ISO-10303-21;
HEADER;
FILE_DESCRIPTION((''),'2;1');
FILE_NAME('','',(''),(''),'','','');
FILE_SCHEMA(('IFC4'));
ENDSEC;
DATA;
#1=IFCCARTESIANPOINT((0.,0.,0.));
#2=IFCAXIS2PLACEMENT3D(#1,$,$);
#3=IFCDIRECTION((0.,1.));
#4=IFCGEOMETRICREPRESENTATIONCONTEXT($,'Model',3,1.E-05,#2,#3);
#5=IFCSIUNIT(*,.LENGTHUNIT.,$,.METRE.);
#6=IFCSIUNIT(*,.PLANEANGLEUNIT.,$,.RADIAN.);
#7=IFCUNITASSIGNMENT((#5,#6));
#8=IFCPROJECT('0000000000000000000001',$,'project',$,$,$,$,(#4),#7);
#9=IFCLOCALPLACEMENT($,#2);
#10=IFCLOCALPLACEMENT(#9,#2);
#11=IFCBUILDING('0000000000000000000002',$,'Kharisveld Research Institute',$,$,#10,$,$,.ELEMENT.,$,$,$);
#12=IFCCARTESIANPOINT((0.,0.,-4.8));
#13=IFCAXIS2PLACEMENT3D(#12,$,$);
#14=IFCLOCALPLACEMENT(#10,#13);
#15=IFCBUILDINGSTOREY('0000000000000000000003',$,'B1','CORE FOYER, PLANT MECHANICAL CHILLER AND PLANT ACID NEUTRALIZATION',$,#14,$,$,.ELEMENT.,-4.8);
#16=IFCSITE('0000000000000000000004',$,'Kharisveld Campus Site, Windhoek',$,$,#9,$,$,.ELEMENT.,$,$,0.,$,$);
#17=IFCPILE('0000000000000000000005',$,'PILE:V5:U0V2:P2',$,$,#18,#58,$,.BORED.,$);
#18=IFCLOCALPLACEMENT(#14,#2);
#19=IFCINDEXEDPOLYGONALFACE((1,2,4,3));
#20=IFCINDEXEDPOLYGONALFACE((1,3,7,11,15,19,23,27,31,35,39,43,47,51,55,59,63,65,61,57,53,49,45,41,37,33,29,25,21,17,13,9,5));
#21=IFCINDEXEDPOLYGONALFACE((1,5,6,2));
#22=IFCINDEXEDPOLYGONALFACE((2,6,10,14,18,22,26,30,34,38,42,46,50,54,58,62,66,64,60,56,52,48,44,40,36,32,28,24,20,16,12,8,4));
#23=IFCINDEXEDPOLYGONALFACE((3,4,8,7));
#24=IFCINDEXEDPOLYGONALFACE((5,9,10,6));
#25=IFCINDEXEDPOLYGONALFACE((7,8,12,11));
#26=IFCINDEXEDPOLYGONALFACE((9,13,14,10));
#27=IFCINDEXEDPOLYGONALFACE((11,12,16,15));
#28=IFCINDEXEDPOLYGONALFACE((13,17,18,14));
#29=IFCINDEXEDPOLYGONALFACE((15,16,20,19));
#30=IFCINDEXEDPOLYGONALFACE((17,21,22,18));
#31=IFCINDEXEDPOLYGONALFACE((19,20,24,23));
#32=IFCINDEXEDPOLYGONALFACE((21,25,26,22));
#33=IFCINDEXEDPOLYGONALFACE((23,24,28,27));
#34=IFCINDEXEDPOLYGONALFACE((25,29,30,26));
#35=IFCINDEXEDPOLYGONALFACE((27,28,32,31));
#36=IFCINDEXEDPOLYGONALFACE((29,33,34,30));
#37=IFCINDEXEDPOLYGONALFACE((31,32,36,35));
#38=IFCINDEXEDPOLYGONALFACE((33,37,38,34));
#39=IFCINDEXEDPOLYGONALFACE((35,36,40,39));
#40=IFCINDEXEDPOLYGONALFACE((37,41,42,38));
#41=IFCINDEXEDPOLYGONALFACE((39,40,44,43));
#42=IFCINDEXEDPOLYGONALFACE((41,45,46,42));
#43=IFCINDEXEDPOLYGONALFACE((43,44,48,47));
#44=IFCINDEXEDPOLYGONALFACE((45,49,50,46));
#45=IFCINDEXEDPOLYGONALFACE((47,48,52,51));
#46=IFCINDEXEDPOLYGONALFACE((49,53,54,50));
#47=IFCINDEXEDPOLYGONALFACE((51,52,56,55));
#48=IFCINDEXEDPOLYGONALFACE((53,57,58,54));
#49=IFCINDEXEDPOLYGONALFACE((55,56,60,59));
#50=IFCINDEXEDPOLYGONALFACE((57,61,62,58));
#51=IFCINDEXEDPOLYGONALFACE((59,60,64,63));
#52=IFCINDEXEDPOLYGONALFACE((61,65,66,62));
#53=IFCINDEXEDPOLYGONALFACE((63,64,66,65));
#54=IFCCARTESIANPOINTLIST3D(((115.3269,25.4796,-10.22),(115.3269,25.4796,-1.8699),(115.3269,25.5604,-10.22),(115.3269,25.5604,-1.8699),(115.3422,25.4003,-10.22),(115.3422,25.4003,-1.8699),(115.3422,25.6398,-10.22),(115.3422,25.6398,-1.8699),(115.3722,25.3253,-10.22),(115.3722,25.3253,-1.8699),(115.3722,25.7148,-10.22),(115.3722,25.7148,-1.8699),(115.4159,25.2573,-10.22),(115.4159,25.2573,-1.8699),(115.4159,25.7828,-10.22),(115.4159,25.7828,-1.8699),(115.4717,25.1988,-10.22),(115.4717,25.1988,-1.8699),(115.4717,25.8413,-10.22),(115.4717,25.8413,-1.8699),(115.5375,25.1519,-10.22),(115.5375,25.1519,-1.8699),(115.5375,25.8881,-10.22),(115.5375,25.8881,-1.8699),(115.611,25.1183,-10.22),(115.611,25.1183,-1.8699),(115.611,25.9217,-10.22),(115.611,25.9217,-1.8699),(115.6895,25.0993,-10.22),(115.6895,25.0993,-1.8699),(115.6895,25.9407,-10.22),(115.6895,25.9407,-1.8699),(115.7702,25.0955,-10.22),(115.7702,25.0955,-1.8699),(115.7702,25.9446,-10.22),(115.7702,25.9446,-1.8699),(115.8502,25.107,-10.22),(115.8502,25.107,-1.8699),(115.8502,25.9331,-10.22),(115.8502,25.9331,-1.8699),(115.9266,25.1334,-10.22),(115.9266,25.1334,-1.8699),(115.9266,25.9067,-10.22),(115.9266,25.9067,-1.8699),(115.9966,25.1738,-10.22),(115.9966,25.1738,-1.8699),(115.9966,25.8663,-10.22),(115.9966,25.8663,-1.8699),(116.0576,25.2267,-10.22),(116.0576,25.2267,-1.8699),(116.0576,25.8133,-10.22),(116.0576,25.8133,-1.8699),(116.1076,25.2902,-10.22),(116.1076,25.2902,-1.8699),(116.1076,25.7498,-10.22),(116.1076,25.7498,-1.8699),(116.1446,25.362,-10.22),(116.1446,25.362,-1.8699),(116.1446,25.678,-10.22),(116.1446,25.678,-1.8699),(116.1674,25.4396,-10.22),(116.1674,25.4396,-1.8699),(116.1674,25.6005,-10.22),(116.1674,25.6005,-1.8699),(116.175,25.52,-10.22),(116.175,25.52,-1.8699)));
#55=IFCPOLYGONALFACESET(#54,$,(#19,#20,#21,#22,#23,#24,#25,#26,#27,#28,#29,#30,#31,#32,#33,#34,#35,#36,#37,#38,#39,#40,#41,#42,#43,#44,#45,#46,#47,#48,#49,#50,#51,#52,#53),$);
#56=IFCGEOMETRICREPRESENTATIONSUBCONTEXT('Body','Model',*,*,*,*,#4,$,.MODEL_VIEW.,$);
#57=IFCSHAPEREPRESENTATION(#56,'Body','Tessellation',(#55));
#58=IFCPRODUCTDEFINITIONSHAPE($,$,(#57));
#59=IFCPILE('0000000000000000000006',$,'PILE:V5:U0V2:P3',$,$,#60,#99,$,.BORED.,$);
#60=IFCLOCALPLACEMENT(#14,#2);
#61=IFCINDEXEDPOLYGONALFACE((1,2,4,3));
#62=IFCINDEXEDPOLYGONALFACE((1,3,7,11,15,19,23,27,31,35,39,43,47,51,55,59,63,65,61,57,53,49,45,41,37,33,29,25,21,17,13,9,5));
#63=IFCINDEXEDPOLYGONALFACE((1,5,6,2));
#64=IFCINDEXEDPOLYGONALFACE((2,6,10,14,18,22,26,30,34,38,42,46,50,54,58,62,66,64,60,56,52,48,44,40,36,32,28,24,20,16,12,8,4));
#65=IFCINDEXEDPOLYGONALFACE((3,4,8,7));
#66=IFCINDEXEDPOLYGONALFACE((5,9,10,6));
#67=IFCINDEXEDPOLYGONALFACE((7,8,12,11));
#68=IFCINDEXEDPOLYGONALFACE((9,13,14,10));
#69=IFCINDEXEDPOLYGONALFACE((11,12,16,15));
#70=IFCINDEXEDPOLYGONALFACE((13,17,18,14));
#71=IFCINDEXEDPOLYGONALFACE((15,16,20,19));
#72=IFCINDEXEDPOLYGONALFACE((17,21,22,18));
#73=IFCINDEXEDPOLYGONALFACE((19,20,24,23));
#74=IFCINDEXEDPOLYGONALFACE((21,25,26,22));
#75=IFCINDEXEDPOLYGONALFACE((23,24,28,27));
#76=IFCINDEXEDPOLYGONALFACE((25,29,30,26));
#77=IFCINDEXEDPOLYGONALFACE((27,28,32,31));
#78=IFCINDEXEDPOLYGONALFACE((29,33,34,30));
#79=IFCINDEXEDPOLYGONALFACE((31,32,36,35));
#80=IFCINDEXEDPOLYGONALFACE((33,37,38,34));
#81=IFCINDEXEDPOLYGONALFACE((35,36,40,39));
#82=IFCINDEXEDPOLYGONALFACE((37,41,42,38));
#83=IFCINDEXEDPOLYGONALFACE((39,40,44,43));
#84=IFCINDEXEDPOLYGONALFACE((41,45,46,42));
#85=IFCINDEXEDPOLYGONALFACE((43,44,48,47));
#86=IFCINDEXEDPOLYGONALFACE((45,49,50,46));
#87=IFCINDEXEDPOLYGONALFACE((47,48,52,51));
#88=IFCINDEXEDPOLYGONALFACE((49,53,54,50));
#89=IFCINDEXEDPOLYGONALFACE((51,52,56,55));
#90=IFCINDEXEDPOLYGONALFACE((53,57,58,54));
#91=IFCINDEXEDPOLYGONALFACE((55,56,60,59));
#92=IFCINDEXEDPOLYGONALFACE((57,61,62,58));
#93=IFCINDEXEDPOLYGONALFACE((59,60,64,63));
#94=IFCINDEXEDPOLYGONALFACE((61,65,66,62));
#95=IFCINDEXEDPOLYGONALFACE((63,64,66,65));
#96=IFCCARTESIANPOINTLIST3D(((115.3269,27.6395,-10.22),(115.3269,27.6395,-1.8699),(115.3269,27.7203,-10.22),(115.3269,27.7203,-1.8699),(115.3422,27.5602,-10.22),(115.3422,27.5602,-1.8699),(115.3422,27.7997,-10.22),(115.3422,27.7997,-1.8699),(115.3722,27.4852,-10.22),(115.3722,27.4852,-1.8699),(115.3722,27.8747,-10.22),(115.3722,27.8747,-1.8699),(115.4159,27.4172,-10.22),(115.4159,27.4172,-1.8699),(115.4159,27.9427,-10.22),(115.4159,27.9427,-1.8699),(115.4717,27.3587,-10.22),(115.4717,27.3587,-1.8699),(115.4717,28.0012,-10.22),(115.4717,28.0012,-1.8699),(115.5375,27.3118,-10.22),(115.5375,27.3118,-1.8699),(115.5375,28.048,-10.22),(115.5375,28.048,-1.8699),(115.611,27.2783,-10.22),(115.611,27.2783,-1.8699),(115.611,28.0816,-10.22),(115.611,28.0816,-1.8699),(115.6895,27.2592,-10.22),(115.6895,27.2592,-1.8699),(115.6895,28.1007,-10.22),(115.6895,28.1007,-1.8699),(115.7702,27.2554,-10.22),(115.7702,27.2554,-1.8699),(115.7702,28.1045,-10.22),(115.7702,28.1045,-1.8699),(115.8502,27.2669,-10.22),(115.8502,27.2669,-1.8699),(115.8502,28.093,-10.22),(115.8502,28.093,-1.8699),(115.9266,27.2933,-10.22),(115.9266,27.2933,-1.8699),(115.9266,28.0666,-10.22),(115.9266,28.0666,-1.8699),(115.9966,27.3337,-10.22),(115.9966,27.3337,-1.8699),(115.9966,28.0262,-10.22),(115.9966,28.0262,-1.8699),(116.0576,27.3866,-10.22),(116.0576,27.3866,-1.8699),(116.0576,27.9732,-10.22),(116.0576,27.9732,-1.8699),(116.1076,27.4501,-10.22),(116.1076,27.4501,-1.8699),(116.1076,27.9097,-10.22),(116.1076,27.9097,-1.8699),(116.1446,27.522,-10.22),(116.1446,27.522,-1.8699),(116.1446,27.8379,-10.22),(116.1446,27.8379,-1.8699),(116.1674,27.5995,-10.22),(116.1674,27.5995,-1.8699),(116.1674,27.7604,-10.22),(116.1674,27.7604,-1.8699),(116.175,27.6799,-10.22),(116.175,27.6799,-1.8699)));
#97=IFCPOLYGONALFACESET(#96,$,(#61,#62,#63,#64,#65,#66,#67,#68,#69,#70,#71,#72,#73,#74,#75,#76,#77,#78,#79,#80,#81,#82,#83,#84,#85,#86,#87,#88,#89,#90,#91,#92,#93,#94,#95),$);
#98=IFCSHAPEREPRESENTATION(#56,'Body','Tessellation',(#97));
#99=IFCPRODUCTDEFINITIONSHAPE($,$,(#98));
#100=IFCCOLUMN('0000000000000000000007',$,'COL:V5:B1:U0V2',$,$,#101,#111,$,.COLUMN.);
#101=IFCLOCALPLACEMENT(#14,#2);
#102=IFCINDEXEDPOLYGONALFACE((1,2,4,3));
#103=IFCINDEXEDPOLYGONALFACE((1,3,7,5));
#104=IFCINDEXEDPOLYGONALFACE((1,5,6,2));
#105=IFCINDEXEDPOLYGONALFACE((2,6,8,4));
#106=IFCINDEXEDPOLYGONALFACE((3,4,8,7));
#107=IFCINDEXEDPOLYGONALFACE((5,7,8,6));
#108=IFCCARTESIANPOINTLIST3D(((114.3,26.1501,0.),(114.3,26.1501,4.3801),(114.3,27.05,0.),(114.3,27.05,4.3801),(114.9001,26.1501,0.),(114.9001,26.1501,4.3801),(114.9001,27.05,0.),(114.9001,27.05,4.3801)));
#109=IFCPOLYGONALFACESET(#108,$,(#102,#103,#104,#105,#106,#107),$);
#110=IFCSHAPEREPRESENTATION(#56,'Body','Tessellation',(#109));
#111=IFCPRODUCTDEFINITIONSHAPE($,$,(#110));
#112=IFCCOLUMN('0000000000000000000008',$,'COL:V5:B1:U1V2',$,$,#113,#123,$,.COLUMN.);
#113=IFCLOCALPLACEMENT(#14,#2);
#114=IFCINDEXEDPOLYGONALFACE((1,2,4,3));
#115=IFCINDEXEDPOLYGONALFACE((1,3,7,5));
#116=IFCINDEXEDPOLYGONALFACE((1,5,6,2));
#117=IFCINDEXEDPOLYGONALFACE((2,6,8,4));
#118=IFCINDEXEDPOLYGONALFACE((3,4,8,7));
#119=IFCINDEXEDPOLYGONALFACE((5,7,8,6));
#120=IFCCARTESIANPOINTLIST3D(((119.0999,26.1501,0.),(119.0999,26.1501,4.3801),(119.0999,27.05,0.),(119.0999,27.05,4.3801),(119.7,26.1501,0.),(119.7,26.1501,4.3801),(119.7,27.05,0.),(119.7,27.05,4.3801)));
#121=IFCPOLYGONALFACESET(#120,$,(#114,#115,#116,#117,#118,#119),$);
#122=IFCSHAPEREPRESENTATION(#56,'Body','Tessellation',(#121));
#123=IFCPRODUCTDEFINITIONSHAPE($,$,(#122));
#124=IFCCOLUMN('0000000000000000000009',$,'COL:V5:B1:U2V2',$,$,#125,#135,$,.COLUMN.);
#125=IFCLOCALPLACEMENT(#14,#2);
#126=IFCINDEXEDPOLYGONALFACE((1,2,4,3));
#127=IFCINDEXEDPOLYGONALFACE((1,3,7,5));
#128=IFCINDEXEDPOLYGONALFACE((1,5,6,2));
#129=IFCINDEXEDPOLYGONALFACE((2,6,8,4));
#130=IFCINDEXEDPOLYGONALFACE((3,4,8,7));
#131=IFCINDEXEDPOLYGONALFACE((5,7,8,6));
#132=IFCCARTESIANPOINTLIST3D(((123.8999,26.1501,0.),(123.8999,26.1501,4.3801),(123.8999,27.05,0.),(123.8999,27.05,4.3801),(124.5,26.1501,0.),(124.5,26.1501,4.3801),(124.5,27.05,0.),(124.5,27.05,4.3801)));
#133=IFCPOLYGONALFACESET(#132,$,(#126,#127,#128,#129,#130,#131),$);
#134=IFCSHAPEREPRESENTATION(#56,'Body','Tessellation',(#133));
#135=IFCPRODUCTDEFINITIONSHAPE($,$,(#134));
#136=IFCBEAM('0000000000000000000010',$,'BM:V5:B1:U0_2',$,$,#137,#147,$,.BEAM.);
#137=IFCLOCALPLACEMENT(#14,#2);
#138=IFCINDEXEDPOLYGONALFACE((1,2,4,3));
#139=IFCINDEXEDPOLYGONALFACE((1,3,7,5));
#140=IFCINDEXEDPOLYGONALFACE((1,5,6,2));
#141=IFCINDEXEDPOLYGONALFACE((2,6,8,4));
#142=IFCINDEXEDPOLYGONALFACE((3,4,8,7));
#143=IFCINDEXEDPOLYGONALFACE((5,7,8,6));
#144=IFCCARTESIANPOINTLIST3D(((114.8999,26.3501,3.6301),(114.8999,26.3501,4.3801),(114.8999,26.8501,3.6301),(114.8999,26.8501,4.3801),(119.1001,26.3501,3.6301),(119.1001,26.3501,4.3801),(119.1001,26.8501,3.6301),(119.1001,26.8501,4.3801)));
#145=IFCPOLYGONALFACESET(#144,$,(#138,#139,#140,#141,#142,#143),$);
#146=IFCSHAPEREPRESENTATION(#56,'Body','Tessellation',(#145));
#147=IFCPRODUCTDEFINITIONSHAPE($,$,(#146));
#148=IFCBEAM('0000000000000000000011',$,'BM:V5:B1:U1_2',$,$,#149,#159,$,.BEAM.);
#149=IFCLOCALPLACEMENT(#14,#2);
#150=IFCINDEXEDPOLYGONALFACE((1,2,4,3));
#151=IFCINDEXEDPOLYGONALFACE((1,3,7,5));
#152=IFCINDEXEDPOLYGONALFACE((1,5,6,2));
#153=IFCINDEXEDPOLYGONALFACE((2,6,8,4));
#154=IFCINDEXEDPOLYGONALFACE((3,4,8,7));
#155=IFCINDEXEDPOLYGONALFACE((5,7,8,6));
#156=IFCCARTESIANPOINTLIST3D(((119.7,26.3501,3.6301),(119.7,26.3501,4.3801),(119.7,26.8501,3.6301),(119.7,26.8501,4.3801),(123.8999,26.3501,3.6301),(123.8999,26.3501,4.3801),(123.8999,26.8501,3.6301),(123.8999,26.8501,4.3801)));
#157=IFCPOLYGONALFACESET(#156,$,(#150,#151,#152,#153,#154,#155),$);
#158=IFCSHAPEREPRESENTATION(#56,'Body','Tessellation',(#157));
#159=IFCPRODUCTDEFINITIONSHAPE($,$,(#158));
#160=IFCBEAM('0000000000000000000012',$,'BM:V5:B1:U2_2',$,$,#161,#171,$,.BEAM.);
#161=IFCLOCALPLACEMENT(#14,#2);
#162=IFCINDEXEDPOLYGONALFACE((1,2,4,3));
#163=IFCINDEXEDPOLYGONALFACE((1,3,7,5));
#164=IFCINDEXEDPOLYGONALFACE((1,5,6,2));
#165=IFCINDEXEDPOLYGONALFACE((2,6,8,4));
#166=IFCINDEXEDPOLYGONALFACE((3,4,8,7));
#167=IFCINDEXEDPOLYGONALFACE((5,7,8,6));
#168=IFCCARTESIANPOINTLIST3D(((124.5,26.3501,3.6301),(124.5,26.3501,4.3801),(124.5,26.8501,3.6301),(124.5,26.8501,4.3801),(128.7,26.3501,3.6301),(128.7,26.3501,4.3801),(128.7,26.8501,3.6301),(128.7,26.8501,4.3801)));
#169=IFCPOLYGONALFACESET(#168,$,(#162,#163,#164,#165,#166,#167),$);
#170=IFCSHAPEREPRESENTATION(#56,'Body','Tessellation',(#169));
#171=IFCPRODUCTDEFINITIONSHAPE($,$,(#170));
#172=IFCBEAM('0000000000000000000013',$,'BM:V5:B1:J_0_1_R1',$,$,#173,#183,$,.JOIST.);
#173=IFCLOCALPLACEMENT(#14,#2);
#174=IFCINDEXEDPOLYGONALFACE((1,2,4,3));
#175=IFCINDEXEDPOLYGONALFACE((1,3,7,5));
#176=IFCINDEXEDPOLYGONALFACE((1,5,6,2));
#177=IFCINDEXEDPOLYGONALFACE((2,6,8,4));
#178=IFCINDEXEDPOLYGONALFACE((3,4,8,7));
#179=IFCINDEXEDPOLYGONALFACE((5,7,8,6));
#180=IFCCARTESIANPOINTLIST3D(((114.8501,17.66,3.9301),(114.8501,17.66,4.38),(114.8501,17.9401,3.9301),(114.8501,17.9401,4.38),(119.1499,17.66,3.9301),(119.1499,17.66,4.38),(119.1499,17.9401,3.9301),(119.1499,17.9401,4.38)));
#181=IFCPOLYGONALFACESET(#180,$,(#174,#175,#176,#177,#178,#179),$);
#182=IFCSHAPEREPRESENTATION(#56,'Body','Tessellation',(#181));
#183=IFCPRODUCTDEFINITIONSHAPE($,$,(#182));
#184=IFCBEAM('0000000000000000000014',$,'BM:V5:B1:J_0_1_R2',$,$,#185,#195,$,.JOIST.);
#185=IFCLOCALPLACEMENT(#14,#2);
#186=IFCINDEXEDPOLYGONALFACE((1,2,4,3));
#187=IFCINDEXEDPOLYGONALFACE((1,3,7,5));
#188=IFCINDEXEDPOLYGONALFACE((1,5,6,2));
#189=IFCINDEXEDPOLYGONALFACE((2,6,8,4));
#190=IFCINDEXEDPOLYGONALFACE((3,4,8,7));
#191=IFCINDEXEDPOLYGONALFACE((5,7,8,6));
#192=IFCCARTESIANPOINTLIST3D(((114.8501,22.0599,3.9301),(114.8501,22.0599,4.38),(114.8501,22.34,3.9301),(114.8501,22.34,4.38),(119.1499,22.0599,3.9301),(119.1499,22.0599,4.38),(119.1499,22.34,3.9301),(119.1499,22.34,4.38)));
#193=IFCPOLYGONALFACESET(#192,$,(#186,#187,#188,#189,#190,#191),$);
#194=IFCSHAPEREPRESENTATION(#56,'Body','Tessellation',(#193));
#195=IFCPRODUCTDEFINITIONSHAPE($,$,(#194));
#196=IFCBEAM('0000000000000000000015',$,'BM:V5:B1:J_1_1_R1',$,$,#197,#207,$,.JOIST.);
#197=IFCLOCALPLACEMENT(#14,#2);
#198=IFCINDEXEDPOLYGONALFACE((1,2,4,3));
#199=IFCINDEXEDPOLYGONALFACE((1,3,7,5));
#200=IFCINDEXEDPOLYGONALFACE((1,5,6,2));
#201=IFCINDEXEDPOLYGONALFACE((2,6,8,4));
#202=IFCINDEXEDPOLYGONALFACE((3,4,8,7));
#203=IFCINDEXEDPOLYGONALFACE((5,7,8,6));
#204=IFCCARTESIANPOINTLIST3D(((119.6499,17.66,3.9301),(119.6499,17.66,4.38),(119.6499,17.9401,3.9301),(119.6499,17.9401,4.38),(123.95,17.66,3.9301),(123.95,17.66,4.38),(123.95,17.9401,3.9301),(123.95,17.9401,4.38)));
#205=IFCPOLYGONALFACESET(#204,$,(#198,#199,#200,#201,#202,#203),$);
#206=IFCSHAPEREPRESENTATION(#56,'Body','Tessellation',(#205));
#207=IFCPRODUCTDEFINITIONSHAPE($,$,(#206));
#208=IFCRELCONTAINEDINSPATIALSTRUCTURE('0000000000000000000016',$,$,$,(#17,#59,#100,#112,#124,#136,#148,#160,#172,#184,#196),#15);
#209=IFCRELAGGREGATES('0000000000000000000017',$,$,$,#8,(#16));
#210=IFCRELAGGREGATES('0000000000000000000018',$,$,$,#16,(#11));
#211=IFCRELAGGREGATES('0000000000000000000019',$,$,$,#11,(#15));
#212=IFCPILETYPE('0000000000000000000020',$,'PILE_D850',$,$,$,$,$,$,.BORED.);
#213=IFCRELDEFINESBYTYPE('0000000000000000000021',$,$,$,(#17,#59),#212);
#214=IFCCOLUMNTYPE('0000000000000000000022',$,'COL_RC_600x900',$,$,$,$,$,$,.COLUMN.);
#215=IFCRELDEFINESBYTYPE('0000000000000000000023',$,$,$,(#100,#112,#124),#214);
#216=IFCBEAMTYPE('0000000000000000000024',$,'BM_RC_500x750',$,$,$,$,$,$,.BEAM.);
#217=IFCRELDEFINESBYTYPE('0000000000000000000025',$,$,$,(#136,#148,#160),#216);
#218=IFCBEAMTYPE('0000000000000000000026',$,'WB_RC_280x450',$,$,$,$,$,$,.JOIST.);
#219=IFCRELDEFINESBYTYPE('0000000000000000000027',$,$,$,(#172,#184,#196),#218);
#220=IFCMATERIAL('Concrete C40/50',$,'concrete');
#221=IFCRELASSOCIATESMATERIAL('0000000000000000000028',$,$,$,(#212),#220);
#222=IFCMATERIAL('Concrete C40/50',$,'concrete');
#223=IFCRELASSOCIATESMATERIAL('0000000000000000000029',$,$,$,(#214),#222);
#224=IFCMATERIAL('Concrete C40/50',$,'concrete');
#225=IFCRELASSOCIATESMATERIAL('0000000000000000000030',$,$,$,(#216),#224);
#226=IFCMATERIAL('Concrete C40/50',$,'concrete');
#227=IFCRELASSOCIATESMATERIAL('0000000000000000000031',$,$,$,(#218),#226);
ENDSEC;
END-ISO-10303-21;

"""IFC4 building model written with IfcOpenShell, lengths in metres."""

from ifc_helpers import new_model, si_unit, direction, frame, origin, origin_2d, place, context, subcontext, project, spatial, rectangle, circle, extrude, material, material_profile, profile_set, type_object, element, save


model = new_model("IFC4")

# Units and contexts
model_context = context("Model", 3, precision=1e-05, world=origin(), true_north=direction((0.0, 1.0)))
body_context = subcontext(model_context, "Body", "Model", "MODEL_VIEW")
ifc_project = project(units=[si_unit("LENGTHUNIT", "METRE"), si_unit("PLANEANGLEUNIT", "RADIAN")], contexts=[model_context])

# Site, building, storey
site_placement = place(None, origin())
site = spatial("IfcSite", under=ifc_project, at=site_placement, Name="Kharisveld Campus Site, Windhoek", CompositionType="ELEMENT", RefElevation=0.0)
building_placement = place(site_placement, origin())
building = spatial("IfcBuilding", under=site, at=building_placement, Name="Kharisveld Research Institute", CompositionType="ELEMENT")
storey_placement = place(building_placement, frame((0.0, 0.0, -4.8)))
storey = spatial("IfcBuildingStorey", under=building, at=storey_placement, Name="B1", Description="CORE FOYER, PLANT MECHANICAL CHILLER AND PLANT ACID NEUTRALIZATION", CompositionType="ELEMENT", Elevation=-4.8)

# Piles
ifc_material_1 = material(Name="Concrete C40/50", Category="concrete")
ifc_material_profile_1 = material_profile(ifc_material_1, circle(Radius=0.425, at=origin_2d()))
ifc_profile_set_1 = profile_set([ifc_material_profile_1], Name="Concrete C40/50")
pile_type_1 = type_object("IfcPileType", Name="PILE_D850", PredefinedType="BORED", material=ifc_profile_set_1)
for number, where, z_axis, x_axis, name in (
    (1, (115.75, 25.52, -1.8699), (0.0, 0.0, -1.0), (1.0, 0.0, 0.0), "PILE:V5:U0V2:P2"),
    (2, (115.75, 27.6799, -1.8699), (0.0, 0.0, -1.0), (1.0, 0.0, 0.0), "PILE:V5:U0V2:P3"),
):
    element("IfcPile", number, at=place(storey_placement, frame(where, z_axis=z_axis, x_axis=x_axis)), inside=storey, type_object=pile_type_1, Name=name, PredefinedType="BORED", context=body_context, shape_type="SweptSolid", body=[
        extrude(circle(Radius=0.425, at=origin_2d()), origin(), (0.0, 0.0, 1.0), 8.3501),
    ])

# Columns
ifc_material_2 = material(Name="Concrete C40/50", Category="concrete")
ifc_material_profile_2 = material_profile(ifc_material_2, rectangle(XDim=0.6001, YDim=0.8999, at=origin_2d()))
ifc_profile_set_2 = profile_set([ifc_material_profile_2], Name="Concrete C40/50")
column_type = type_object("IfcColumnType", Name="COL_RC_600x900", PredefinedType="COLUMN", material=ifc_profile_set_2)
for number, where, z_axis, x_axis, name in (
    (3, (114.6001, 26.6001, 0.0), (0.0, 0.0, 1.0), (1.0, 0.0, 0.0), "COL:V5:B1:U0V2"),
    (4, (119.3999, 26.6001, 0.0), (0.0, 0.0, 1.0), (1.0, 0.0, 0.0), "COL:V5:B1:U1V2"),
    (5, (124.2, 26.6001, 0.0), (0.0, 0.0, 1.0), (1.0, 0.0, 0.0), "COL:V5:B1:U2V2"),
):
    element("IfcColumn", number, at=place(storey_placement, frame(where, z_axis=z_axis, x_axis=x_axis)), inside=storey, type_object=column_type, Name=name, PredefinedType="COLUMN", context=body_context, shape_type="SweptSolid", body=[
        extrude(rectangle(XDim=0.6001, YDim=0.8999, at=origin_2d()), origin(), (0.0, 0.0, 1.0), 4.3801),
    ])

# Beams
ifc_material_3 = material(Name="Concrete C40/50", Category="concrete")
ifc_material_profile_3 = material_profile(ifc_material_3, rectangle(XDim=0.5, YDim=0.75, at=origin_2d()))
ifc_profile_set_3 = profile_set([ifc_material_profile_3], Name="Concrete C40/50")
beam_type_1 = type_object("IfcBeamType", Name="BM_RC_500x750", PredefinedType="BEAM", material=ifc_profile_set_3)
beam_placement = place(storey_placement, frame((114.8999, 26.6001, 4.0051), z_axis=(1.0, 0.0, 0.0), x_axis=(0.0, 1.0, 0.0)))
element("IfcBeam", 6, at=beam_placement, inside=storey, type_object=beam_type_1, Name="BM:V5:B1:U0_2", PredefinedType="BEAM", context=body_context, shape_type="SweptSolid", body=[
    extrude(rectangle(XDim=0.5, YDim=0.75, at=origin_2d()), origin(), (0.0, 0.0, 1.0), 4.2002),
])
for number, where, z_axis, x_axis, name in (
    (7, (119.7, 26.6001, 4.0051), (1.0, 0.0, 0.0), (0.0, 1.0, 0.0), "BM:V5:B1:U1_2"),
    (8, (124.5, 26.6001, 4.0051), (1.0, 0.0, 0.0), (0.0, 1.0, 0.0), "BM:V5:B1:U2_2"),
):
    element("IfcBeam", number, at=place(storey_placement, frame(where, z_axis=z_axis, x_axis=x_axis)), inside=storey, type_object=beam_type_1, Name=name, PredefinedType="BEAM", context=body_context, shape_type="SweptSolid", body=[
        extrude(rectangle(XDim=0.5, YDim=0.75, at=origin_2d()), origin(), (0.0, 0.0, 1.0), 4.2),
    ])
ifc_material_4 = material(Name="Concrete C40/50", Category="concrete")
ifc_material_profile_4 = material_profile(ifc_material_4, rectangle(XDim=0.28, YDim=0.45, at=origin_2d()))
ifc_profile_set_4 = profile_set([ifc_material_profile_4], Name="Concrete C40/50")
beam_type_2 = type_object("IfcBeamType", Name="WB_RC_280x450", PredefinedType="JOIST", material=ifc_profile_set_4)
for number, where, z_axis, x_axis, name in (
    (9, (114.8501, 17.8, 4.155), (1.0, 0.0, 0.0), (0.0, 1.0, 0.0), "BM:V5:B1:J_0_1_R1"),
    (10, (114.8501, 22.2, 4.155), (1.0, 0.0, 0.0), (0.0, 1.0, 0.0), "BM:V5:B1:J_0_1_R2"),
):
    element("IfcBeam", number, at=place(storey_placement, frame(where, z_axis=z_axis, x_axis=x_axis)), inside=storey, type_object=beam_type_2, Name=name, PredefinedType="JOIST", context=body_context, shape_type="SweptSolid", body=[
        extrude(rectangle(XDim=0.28, YDim=0.45, at=origin_2d()), origin(), (0.0, 0.0, 1.0), 4.2998),
    ])
for number, where, z_axis, x_axis, name in (
    (11, (119.6499, 17.8, 4.155), (1.0, 0.0, 0.0), (0.0, 1.0, 0.0), "BM:V5:B1:J_1_1_R1"),
):
    element("IfcBeam", number, at=place(storey_placement, frame(where, z_axis=z_axis, x_axis=x_axis)), inside=storey, type_object=beam_type_2, Name=name, PredefinedType="JOIST", context=body_context, shape_type="SweptSolid", body=[
        extrude(rectangle(XDim=0.28, YDim=0.45, at=origin_2d()), origin(), (0.0, 0.0, 1.0), 4.3),
    ])

save(model, "model.ifc")
